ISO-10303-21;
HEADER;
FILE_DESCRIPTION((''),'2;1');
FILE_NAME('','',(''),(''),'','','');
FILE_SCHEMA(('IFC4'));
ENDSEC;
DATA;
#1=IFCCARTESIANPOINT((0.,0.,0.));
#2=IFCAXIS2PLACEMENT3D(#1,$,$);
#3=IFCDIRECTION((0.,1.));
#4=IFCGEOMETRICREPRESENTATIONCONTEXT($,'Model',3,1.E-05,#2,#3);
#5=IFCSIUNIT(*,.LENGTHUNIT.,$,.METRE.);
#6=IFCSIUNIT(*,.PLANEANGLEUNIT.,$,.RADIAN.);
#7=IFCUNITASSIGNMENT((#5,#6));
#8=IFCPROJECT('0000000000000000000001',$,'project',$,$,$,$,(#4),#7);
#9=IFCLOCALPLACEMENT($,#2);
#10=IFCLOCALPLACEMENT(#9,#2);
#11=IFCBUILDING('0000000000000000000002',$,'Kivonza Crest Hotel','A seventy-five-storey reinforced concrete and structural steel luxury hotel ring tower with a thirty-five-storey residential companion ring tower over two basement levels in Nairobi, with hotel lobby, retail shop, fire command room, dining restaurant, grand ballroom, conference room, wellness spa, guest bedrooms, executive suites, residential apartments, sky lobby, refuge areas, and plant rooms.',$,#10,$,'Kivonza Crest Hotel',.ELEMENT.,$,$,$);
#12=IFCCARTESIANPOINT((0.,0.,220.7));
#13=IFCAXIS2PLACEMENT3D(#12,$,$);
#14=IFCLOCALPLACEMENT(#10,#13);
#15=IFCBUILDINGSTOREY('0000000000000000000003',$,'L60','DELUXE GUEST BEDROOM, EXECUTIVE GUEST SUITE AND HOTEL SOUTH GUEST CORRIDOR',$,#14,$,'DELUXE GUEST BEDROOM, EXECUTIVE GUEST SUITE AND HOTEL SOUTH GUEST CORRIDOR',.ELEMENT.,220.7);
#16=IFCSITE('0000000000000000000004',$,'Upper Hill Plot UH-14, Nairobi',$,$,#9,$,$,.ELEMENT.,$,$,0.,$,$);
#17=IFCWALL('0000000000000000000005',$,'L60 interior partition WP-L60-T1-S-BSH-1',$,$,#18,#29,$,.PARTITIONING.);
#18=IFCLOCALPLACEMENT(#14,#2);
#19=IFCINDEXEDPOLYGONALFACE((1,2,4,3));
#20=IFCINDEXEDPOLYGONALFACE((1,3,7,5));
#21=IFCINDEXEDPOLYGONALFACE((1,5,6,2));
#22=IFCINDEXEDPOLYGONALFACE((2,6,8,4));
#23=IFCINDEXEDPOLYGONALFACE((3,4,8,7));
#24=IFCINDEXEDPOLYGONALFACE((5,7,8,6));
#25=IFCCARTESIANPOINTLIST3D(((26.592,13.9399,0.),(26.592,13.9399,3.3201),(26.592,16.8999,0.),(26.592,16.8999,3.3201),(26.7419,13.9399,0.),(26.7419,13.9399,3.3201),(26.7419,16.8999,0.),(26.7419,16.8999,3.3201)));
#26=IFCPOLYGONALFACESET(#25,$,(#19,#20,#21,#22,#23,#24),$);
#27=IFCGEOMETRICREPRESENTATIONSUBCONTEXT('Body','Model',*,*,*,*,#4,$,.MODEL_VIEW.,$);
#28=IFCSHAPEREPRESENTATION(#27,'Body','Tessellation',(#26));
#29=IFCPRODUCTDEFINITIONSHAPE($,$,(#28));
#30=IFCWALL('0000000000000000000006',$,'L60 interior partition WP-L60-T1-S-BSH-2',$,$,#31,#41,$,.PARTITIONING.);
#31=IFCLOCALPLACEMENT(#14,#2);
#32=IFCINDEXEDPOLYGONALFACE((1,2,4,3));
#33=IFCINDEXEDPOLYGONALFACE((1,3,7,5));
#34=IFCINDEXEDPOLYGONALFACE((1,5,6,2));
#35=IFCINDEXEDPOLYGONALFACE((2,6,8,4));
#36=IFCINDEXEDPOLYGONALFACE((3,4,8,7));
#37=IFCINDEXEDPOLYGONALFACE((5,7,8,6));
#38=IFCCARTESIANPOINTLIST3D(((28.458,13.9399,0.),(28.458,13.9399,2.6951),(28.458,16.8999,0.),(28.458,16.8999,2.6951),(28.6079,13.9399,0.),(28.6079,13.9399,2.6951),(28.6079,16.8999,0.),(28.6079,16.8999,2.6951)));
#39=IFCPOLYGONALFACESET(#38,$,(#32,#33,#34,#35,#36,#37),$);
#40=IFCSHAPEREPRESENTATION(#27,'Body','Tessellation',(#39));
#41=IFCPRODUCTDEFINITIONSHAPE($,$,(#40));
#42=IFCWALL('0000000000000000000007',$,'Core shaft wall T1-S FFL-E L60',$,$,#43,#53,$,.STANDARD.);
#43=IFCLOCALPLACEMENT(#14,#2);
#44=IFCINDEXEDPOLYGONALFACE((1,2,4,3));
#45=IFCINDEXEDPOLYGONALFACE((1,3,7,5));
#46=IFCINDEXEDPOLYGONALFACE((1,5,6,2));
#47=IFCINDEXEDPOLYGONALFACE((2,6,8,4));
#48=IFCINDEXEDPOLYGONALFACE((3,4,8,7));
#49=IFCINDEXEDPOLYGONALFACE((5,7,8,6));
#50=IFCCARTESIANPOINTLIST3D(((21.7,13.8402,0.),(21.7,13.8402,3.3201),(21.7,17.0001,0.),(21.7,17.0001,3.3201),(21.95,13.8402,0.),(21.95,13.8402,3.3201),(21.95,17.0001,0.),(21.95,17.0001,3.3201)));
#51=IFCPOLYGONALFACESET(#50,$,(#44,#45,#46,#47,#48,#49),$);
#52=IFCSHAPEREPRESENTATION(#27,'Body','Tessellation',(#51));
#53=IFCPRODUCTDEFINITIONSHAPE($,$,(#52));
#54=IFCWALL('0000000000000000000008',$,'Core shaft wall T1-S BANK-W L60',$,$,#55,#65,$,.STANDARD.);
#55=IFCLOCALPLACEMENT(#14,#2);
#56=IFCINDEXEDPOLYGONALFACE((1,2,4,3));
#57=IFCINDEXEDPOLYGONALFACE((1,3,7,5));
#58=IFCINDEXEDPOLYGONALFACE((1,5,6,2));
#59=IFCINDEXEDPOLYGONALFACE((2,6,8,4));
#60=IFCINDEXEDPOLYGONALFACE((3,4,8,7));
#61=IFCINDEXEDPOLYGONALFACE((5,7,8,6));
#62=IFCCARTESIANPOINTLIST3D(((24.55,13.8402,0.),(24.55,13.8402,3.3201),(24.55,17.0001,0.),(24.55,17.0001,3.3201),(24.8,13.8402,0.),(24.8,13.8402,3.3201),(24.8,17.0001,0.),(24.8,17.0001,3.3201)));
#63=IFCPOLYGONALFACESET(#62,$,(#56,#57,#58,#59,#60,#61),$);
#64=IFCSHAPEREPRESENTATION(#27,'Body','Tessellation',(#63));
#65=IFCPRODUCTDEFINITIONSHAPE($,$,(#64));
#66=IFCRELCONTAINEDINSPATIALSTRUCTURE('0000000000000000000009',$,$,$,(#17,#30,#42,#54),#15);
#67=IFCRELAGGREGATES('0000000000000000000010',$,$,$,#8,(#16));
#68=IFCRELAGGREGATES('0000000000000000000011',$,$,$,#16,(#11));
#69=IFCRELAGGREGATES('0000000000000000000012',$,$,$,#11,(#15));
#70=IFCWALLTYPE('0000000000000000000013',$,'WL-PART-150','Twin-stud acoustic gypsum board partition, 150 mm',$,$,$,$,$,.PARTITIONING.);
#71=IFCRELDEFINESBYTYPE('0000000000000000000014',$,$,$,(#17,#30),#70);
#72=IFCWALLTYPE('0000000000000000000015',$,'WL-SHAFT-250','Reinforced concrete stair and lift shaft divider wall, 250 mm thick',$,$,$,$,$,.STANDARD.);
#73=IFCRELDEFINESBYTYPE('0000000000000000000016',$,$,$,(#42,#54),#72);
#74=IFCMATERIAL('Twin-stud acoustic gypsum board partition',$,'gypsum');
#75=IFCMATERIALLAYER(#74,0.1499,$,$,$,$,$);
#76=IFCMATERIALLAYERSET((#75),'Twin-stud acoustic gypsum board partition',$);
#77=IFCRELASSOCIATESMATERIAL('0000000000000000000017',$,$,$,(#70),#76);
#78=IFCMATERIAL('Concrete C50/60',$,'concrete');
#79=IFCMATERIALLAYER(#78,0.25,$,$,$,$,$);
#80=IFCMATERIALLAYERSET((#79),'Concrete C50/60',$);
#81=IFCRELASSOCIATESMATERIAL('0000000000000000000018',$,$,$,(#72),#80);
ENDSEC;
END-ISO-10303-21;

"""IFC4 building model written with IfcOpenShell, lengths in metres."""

from ifc_helpers import new_model, si_unit, direction, frame, frame_2d, origin, place, context, subcontext, project, spatial, rectangle, extrude, material, layer, layer_set, type_object, element, save


model = new_model("IFC4")

# Units and contexts
model_context = context("Model", 3, precision=1e-05, world=origin(), true_north=direction((0.0, 1.0)))
body_context = subcontext(model_context, "Body", "Model", "MODEL_VIEW")
ifc_project = project(units=[si_unit("LENGTHUNIT", "METRE"), si_unit("PLANEANGLEUNIT", "RADIAN")], contexts=[model_context])

# Site, building, storey
site_placement = place(None, origin())
site = spatial("IfcSite", under=ifc_project, at=site_placement, Name="Upper Hill Plot UH-14, Nairobi", CompositionType="ELEMENT", RefElevation=0.0)
building_placement = place(site_placement, origin())
building = spatial("IfcBuilding", under=site, at=building_placement, Name="Kivonza Crest Hotel", Description="A seventy-five-storey reinforced concrete and structural steel luxury hotel ring tower with a thirty-five-storey residential companion ring tower over two basement levels in Nairobi, with hotel lobby, retail shop, fire command room, dining restaurant, grand ballroom, conference room, wellness spa, guest bedrooms, executive suites, residential apartments, sky lobby, refuge areas, and plant rooms.", LongName="Kivonza Crest Hotel", CompositionType="ELEMENT")
storey_placement = place(building_placement, frame((0.0, 0.0, 220.7)))
storey = spatial("IfcBuildingStorey", under=building, at=storey_placement, Name="L60", Description="DELUXE GUEST BEDROOM, EXECUTIVE GUEST SUITE AND HOTEL SOUTH GUEST CORRIDOR", LongName="DELUXE GUEST BEDROOM, EXECUTIVE GUEST SUITE AND HOTEL SOUTH GUEST CORRIDOR", CompositionType="ELEMENT", Elevation=220.7)

# Shared definitions
ifc_material_1 = material(Name="Concrete C50/60", Category="concrete")

# Walls
ifc_material_2 = material(Name="Twin-stud acoustic gypsum board partition", Category="gypsum")
ifc_layer_1 = layer(ifc_material_2, 0.1499)
ifc_layer_set_1 = layer_set([ifc_layer_1], Name="Twin-stud acoustic gypsum board partition")
wall_type_1 = type_object("IfcWallType", Name="WL-PART-150", Description="Twin-stud acoustic gypsum board partition, 150 mm", PredefinedType="PARTITIONING", material=ifc_layer_set_1)
wall_1_placement = place(storey_placement, frame((26.667, 13.9399, 0.0), z_axis=(0.0, 0.0, 1.0), x_axis=(0.0, 1.0, 0.0)))
element("IfcWall", 1, at=wall_1_placement, inside=storey, type_object=wall_type_1, Name="L60 interior partition WP-L60-T1-S-BSH-1", PredefinedType="PARTITIONING", context=body_context, shape_type="SweptSolid", body=[
    extrude(rectangle(XDim=2.96, YDim=0.1499, at=frame_2d((1.48, 0.0))), origin(), (0.0, 0.0, 1.0), 3.3201),
])
wall_2_placement = place(storey_placement, frame((28.533, 13.9399, 0.0), z_axis=(0.0, 0.0, 1.0), x_axis=(0.0, 1.0, 0.0)))
element("IfcWall", 2, at=wall_2_placement, inside=storey, type_object=wall_type_1, Name="L60 interior partition WP-L60-T1-S-BSH-2", PredefinedType="PARTITIONING", context=body_context, shape_type="SweptSolid", body=[
    extrude(rectangle(XDim=2.96, YDim=0.1499, at=frame_2d((1.48, 0.0))), origin(), (0.0, 0.0, 1.0), 2.6951),
])
ifc_layer_2 = layer(ifc_material_1, 0.25)
ifc_layer_set_2 = layer_set([ifc_layer_2], Name="Concrete C50/60")
wall_type_2 = type_object("IfcWallType", Name="WL-SHAFT-250", Description="Reinforced concrete stair and lift shaft divider wall, 250 mm thick", PredefinedType="STANDARD", material=ifc_layer_set_2)
for number, where, z_axis, x_axis, name in (
    (3, (21.825, 13.8401, 0.0), (0.0, 0.0, 1.0), (0.0, 1.0, 0.0), "Core shaft wall T1-S FFL-E L60"),
    (4, (24.675, 13.8401, 0.0), (0.0, 0.0, 1.0), (0.0, 1.0, 0.0), "Core shaft wall T1-S BANK-W L60"),
):
    element("IfcWall", number, at=place(storey_placement, frame(where, z_axis=z_axis, x_axis=x_axis)), inside=storey, type_object=wall_type_2, Name=name, PredefinedType="STANDARD", context=body_context, shape_type="SweptSolid", body=[
        extrude(rectangle(XDim=3.1599, YDim=0.25, at=frame_2d((1.5801, 0.0))), origin(), (0.0, 0.0, 1.0), 3.3201),
    ])

save(model, "model.ifc")
